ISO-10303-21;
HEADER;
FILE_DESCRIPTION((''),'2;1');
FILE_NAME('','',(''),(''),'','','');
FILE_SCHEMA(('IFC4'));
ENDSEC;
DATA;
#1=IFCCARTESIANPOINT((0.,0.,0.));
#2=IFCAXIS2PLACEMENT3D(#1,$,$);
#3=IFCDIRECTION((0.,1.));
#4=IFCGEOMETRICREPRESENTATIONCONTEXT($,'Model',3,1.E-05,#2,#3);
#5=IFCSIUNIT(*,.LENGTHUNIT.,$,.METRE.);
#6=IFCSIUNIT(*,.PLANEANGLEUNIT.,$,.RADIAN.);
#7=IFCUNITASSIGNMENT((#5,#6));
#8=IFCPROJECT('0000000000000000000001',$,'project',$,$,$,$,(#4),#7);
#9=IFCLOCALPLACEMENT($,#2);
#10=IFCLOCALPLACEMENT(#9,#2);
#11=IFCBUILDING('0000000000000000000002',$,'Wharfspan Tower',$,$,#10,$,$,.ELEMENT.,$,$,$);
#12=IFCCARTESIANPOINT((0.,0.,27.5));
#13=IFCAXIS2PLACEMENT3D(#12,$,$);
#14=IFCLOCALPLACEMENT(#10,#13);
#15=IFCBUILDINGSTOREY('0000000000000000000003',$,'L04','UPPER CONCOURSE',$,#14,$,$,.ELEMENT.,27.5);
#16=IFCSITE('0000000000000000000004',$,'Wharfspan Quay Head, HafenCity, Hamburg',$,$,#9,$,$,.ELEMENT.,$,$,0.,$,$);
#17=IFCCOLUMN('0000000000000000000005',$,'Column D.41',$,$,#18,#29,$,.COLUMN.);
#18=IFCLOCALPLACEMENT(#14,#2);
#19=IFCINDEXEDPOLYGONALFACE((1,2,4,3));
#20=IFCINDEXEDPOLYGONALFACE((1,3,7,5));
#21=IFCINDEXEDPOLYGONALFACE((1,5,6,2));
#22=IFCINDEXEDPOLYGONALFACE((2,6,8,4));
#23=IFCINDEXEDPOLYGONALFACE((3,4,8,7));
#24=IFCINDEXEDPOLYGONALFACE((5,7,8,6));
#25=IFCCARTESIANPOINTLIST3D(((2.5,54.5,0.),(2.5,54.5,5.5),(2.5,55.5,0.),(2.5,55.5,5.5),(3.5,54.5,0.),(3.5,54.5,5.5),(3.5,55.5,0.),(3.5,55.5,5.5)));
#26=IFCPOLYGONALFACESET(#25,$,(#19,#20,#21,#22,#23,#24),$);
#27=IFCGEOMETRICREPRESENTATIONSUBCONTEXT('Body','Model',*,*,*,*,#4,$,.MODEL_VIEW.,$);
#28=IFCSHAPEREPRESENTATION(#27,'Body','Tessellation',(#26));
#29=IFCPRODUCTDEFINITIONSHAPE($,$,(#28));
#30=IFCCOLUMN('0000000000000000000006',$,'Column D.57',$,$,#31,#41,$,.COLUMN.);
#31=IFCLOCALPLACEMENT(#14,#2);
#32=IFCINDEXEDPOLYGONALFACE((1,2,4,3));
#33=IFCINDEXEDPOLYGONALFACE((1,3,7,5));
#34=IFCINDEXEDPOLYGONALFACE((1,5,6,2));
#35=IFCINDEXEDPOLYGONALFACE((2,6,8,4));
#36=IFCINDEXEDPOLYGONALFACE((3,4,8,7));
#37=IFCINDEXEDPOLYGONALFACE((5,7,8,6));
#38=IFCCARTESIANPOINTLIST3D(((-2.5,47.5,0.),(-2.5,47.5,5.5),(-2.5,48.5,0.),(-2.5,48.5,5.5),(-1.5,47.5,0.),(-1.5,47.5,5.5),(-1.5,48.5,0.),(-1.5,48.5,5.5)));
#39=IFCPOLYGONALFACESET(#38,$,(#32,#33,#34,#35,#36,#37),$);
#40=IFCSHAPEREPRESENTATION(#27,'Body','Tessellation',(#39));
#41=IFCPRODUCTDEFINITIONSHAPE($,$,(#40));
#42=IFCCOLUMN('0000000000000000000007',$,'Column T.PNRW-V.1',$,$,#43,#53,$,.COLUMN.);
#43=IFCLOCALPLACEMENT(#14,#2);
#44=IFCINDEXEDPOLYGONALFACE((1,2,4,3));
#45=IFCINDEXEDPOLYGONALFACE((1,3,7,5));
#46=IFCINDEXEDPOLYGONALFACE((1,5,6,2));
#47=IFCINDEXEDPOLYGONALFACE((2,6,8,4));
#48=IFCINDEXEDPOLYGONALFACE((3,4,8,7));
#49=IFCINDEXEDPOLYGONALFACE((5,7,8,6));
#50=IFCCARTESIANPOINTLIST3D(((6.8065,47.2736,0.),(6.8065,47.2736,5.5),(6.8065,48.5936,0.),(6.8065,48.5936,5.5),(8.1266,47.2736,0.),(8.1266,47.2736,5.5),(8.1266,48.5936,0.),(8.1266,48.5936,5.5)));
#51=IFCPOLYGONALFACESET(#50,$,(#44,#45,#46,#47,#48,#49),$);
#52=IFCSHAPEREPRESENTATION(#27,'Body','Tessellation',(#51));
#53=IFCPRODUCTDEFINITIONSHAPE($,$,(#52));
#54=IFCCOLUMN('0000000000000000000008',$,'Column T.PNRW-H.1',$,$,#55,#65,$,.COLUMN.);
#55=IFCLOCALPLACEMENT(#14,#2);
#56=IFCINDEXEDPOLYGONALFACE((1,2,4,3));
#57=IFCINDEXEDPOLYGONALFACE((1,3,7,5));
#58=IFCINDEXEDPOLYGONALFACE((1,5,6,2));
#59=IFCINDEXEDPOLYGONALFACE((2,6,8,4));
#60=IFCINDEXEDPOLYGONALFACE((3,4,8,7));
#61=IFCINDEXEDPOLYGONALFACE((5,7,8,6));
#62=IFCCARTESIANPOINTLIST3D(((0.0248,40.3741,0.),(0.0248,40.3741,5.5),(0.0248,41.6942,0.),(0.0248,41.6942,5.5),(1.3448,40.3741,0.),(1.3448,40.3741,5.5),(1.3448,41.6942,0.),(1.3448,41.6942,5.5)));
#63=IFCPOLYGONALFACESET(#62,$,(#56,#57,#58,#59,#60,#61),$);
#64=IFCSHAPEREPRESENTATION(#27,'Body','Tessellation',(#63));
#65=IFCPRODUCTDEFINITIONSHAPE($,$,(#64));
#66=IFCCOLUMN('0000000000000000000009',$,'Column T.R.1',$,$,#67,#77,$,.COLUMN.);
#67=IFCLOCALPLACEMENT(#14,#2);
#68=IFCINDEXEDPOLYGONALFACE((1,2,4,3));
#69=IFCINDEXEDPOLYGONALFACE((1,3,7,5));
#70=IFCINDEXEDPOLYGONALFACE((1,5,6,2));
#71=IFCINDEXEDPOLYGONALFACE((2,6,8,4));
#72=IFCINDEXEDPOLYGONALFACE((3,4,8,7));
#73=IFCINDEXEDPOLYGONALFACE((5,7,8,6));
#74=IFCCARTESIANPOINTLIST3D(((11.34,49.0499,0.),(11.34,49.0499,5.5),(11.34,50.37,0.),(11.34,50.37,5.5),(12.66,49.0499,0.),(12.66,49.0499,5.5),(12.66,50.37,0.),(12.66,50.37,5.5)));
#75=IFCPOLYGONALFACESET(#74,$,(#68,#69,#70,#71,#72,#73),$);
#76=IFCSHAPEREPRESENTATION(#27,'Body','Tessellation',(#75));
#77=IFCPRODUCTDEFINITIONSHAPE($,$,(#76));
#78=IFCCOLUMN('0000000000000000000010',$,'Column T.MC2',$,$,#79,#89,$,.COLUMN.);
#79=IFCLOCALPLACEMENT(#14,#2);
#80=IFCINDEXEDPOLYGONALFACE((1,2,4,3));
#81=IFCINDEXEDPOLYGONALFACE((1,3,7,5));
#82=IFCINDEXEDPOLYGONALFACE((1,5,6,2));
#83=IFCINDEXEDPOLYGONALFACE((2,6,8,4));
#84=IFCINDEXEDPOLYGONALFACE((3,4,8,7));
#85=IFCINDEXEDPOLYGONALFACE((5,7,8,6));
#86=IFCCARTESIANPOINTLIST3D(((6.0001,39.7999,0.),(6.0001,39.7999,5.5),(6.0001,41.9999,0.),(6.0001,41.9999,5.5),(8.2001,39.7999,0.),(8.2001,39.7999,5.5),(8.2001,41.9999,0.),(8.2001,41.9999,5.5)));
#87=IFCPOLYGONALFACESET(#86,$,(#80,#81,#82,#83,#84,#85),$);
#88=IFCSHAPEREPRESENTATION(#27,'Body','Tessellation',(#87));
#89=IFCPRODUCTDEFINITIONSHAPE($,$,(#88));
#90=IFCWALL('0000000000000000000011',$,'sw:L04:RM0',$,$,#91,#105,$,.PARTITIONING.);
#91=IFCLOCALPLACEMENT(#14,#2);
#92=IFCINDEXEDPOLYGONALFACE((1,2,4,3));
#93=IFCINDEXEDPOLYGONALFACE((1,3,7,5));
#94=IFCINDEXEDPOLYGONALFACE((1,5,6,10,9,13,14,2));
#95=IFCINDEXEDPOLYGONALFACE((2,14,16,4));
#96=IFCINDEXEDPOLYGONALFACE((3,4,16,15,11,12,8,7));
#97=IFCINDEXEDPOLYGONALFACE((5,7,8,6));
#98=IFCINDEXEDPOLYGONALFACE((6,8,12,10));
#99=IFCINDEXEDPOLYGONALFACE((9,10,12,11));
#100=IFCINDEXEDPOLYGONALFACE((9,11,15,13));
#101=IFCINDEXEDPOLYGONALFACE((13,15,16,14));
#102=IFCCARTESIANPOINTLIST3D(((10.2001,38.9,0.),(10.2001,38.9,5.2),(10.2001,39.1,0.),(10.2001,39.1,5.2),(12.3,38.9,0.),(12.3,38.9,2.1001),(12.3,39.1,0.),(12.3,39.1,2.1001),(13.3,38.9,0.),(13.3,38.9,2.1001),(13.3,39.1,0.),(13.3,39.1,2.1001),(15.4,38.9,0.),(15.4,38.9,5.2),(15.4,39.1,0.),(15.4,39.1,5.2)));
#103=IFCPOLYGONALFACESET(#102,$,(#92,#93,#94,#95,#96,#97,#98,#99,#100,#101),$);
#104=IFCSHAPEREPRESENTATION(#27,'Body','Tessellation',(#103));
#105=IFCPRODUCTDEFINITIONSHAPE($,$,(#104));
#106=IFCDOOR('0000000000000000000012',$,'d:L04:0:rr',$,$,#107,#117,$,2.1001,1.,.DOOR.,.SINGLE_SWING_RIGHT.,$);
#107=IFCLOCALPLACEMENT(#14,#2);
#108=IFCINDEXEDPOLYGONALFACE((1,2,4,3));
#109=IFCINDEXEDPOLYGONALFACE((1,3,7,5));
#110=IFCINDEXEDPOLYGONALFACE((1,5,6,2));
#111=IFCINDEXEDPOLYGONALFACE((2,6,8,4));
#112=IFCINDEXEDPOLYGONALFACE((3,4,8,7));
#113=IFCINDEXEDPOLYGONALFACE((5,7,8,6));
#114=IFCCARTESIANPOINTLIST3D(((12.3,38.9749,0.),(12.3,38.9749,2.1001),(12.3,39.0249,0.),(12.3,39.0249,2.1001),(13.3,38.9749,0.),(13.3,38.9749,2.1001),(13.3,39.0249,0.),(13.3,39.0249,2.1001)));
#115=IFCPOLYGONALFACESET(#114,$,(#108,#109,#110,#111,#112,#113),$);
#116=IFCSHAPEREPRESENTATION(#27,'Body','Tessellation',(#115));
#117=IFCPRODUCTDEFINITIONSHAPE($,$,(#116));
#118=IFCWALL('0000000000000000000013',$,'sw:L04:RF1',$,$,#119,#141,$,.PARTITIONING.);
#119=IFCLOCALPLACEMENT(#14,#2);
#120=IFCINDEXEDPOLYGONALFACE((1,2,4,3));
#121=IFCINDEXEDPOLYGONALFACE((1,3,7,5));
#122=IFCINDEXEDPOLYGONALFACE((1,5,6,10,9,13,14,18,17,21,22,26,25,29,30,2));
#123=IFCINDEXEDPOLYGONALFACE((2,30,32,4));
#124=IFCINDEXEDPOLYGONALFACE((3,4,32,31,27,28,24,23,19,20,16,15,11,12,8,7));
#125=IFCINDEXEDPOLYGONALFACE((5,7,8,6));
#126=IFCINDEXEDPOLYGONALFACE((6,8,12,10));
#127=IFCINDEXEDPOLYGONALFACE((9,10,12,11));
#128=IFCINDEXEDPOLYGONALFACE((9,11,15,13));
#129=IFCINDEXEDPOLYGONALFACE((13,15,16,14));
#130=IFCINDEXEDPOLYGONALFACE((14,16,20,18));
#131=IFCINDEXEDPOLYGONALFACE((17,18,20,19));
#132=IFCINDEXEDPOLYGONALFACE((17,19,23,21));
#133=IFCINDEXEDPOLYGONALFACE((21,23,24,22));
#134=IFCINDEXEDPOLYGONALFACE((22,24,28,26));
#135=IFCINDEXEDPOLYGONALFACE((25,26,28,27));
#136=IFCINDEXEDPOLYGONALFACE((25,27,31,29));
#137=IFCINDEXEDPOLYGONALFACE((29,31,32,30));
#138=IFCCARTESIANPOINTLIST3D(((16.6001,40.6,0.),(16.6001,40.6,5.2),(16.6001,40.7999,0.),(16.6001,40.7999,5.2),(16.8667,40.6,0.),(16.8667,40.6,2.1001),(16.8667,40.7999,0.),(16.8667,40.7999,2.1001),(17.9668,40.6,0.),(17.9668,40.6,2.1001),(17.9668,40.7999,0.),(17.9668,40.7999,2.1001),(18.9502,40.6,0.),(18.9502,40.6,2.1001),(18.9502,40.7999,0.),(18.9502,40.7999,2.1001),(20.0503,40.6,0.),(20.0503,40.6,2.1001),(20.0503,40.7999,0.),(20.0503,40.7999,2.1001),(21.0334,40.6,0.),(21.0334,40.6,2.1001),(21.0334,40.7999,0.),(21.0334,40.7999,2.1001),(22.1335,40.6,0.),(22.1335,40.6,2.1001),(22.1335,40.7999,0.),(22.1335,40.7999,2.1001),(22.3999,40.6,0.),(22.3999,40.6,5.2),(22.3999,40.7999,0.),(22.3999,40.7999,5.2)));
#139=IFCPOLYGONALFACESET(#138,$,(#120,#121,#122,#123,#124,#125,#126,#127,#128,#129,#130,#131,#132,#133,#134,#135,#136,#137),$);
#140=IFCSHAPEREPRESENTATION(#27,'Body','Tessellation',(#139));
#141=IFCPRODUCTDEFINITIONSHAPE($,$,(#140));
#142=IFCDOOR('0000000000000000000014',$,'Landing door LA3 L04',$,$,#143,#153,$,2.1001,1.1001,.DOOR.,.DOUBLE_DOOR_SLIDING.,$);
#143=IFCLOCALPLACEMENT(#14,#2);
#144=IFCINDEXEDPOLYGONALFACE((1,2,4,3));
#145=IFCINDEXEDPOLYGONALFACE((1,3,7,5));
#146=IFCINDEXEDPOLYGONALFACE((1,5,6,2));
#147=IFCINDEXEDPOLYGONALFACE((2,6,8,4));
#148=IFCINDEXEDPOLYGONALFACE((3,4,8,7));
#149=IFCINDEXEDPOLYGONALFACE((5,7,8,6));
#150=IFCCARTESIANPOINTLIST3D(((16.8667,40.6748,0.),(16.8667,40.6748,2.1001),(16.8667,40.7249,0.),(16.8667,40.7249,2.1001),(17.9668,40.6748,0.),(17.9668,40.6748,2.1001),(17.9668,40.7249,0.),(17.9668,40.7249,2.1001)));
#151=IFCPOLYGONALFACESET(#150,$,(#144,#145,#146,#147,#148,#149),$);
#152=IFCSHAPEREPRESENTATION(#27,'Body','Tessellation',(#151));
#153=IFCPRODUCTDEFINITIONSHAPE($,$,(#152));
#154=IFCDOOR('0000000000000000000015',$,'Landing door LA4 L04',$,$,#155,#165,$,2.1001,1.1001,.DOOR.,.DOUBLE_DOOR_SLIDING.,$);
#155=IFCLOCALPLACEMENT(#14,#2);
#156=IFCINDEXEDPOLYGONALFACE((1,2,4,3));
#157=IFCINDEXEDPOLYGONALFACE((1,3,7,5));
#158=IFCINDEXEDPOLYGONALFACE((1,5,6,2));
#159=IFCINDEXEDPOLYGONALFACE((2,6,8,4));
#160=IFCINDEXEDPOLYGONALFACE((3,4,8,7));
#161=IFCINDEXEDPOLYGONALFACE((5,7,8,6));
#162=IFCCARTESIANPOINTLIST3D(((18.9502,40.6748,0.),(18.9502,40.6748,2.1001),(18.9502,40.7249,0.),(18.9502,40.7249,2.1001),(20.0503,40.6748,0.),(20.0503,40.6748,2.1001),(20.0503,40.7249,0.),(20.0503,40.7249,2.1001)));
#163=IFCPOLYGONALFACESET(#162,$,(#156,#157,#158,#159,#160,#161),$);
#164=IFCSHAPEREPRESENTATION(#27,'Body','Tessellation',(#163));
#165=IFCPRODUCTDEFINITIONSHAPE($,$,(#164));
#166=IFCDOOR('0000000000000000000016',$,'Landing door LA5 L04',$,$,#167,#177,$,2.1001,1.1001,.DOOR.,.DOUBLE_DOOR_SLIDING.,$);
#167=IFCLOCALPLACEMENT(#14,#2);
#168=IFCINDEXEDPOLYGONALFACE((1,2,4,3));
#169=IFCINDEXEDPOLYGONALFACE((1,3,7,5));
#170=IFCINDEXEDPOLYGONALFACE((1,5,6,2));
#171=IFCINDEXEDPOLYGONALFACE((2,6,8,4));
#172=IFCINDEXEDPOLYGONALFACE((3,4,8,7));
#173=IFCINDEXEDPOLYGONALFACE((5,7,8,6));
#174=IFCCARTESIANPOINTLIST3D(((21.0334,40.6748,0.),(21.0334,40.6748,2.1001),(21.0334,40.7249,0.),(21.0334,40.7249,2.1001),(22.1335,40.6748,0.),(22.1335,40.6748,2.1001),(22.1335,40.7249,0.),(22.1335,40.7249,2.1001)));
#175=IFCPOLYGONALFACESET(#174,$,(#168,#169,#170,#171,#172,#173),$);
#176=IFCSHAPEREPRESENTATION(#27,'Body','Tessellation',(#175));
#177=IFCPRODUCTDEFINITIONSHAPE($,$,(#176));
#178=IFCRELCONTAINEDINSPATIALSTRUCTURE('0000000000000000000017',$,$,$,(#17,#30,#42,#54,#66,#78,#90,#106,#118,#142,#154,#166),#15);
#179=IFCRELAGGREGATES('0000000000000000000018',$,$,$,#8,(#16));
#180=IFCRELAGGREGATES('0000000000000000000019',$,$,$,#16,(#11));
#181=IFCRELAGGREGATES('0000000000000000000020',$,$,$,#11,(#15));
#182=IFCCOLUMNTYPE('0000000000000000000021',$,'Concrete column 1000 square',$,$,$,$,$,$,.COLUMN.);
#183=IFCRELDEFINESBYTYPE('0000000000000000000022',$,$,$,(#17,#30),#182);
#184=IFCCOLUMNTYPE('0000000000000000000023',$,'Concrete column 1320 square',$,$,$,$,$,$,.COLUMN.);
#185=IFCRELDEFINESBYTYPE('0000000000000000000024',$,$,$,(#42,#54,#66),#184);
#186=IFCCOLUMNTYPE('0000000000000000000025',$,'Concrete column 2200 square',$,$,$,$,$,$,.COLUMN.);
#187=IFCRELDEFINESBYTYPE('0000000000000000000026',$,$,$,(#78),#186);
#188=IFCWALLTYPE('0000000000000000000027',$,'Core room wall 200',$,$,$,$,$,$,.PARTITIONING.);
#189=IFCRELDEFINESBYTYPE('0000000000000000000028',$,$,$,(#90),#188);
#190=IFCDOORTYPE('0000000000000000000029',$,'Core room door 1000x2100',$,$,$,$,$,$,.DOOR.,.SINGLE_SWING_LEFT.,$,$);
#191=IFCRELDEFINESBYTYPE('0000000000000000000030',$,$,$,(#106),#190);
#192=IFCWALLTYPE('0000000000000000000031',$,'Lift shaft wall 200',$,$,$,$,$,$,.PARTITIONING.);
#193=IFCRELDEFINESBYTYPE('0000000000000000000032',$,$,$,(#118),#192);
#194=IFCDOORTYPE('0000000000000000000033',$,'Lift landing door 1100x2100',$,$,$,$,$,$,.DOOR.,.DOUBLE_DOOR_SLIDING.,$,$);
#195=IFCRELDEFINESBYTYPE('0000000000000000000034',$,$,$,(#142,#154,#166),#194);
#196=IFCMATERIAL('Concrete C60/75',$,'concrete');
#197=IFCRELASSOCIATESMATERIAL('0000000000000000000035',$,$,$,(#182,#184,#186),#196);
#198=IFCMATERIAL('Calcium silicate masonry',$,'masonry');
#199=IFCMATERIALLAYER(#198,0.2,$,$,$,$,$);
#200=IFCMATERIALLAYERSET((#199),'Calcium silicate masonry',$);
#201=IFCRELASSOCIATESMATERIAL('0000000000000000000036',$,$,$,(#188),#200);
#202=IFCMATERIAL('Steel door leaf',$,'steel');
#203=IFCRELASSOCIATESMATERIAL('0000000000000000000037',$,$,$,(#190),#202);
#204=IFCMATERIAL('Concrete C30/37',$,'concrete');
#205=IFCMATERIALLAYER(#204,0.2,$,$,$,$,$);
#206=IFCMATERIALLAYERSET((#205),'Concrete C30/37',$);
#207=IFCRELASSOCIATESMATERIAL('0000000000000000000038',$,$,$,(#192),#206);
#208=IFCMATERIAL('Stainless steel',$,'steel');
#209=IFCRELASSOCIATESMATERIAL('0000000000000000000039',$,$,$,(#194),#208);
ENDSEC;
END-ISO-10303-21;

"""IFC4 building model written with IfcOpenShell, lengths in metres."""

from ifc_helpers import new_model, si_unit, direction, frame, frame_2d, origin, origin_2d, place, context, subcontext, project, spatial, rectangle, extrude, material, layer, layer_set, material_profile, profile_set, type_object, element, fill, save


model = new_model("IFC4")

# Units and contexts
model_context = context("Model", 3, precision=1e-05, world=origin(), true_north=direction((0.0, 1.0)))
body_context = subcontext(model_context, "Body", "Model", "MODEL_VIEW")
ifc_project = project(units=[si_unit("LENGTHUNIT", "METRE"), si_unit("PLANEANGLEUNIT", "RADIAN")], contexts=[model_context])

# Site, building, storey
site_placement = place(None, origin())
site = spatial("IfcSite", under=ifc_project, at=site_placement, Name="Wharfspan Quay Head, HafenCity, Hamburg", CompositionType="ELEMENT", RefElevation=0.0)
building_placement = place(site_placement, origin())
building = spatial("IfcBuilding", under=site, at=building_placement, Name="Wharfspan Tower", CompositionType="ELEMENT")
storey_placement = place(building_placement, frame((0.0, 0.0, 27.5)))
storey = spatial("IfcBuildingStorey", under=building, at=storey_placement, Name="L04", Description="UPPER CONCOURSE", CompositionType="ELEMENT", Elevation=27.5)

# Columns
ifc_material_1 = material(Name="Concrete C60/75", Category="concrete")
ifc_material_profile_1 = material_profile(ifc_material_1, rectangle(XDim=1.0, YDim=1.0, at=origin_2d()))
ifc_profile_set_1 = profile_set([ifc_material_profile_1], Name="Concrete C60/75")
column_type_1 = type_object("IfcColumnType", Name="Concrete column 1000 square", PredefinedType="COLUMN", material=ifc_profile_set_1)
for number, where, z_axis, x_axis, name in (
    (1, (3.0, 55.0, 0.0), (0.0, 0.0, 1.0), (1.0, 0.0, 0.0), "Column D.41"),
    (2, (-2.0, 48.0, 0.0), (0.0, 0.0, 1.0), (1.0, 0.0, 0.0), "Column D.57"),
):
    element("IfcColumn", number, at=place(storey_placement, frame(where, z_axis=z_axis, x_axis=x_axis)), inside=storey, type_object=column_type_1, Name=name, PredefinedType="COLUMN", context=body_context, shape_type="SweptSolid", body=[
        extrude(rectangle(XDim=1.0, YDim=1.0, at=origin_2d()), origin(), (0.0, 0.0, 1.0), 5.5),
    ])
ifc_material_profile_2 = material_profile(ifc_material_1, rectangle(XDim=1.3201, YDim=1.3201, at=origin_2d()))
ifc_profile_set_2 = profile_set([ifc_material_profile_2], Name="Concrete C60/75")
column_type_2 = type_object("IfcColumnType", Name="Concrete column 1320 square", PredefinedType="COLUMN", material=ifc_profile_set_2)
for number, where, z_axis, x_axis, name in (
    (3, (7.4666, 47.9336, 0.0), (0.0, 0.0, 1.0), (1.0, 0.0, 0.0), "Column T.PNRW-V.1"),
    (4, (0.6848, 41.0342, 0.0), (0.0, 0.0, 1.0), (1.0, 0.0, 0.0), "Column T.PNRW-H.1"),
    (5, (12.0, 49.71, 0.0), (0.0, 0.0, 1.0), (1.0, 0.0, 0.0), "Column T.R.1"),
):
    element("IfcColumn", number, at=place(storey_placement, frame(where, z_axis=z_axis, x_axis=x_axis)), inside=storey, type_object=column_type_2, Name=name, PredefinedType="COLUMN", context=body_context, shape_type="SweptSolid", body=[
        extrude(rectangle(XDim=1.3201, YDim=1.3201, at=origin_2d()), origin(), (0.0, 0.0, 1.0), 5.5),
    ])
ifc_material_profile_3 = material_profile(ifc_material_1, rectangle(XDim=2.2, YDim=2.2, at=origin_2d()))
ifc_profile_set_3 = profile_set([ifc_material_profile_3], Name="Concrete C60/75")
column_type_3 = type_object("IfcColumnType", Name="Concrete column 2200 square", PredefinedType="COLUMN", material=ifc_profile_set_3)
column_placement = place(storey_placement, frame((7.1001, 40.8999, 0.0), z_axis=(0.0, 0.0, 1.0), x_axis=(1.0, 0.0, 0.0)))
element("IfcColumn", 6, at=column_placement, inside=storey, type_object=column_type_3, Name="Column T.MC2", PredefinedType="COLUMN", context=body_context, shape_type="SweptSolid", body=[
    extrude(rectangle(XDim=2.2, YDim=2.2, at=origin_2d()), origin(), (0.0, 0.0, 1.0), 5.5),
])

# Wall, opening, door
ifc_material_2 = material(Name="Calcium silicate masonry", Category="masonry")
ifc_layer_1 = layer(ifc_material_2, 0.2)
ifc_layer_set_1 = layer_set([ifc_layer_1], Name="Calcium silicate masonry")
wall_type_1 = type_object("IfcWallType", Name="Core room wall 200", PredefinedType="PARTITIONING", material=ifc_layer_set_1)
wall_1_placement = place(storey_placement, frame((10.2, 39.0, 0.0), z_axis=(0.0, 0.0, 1.0), x_axis=(1.0, 0.0, 0.0)))
wall_1 = element("IfcWall", 7, at=wall_1_placement, inside=storey, type_object=wall_type_1, Name="sw:L04:RM0", PredefinedType="PARTITIONING", context=body_context, shape_type="SweptSolid", body=[
    extrude(rectangle(XDim=5.2, YDim=0.2, at=frame_2d((2.6001, 0.0))), origin(), (0.0, 0.0, 1.0), 5.2),
])
opening_1_placement = place(wall_1_placement, frame((2.1001, 0.0, 0.0)))
opening_1 = element("IfcOpeningElement", 8, at=opening_1_placement, cuts=wall_1, PredefinedType="OPENING", context=body_context, shape_type="SweptSolid", body=[
    extrude(rectangle(XDim=1.0, YDim=2.1001, at=frame_2d((0.5, 1.05))), frame((0.0, 0.1099, 0.0), z_axis=(0.0, -1.0, 0.0), x_axis=(1.0, 0.0, 0.0)), (0.0, 0.0, 1.0), 0.22),
])
ifc_material_3 = material(Name="Steel door leaf", Category="steel")
door_type_1 = type_object("IfcDoorType", Name="Core room door 1000x2100", OperationType="SINGLE_SWING_LEFT", PredefinedType="DOOR", material=ifc_material_3)
door_1_placement = place(opening_1_placement, origin())
door_1 = element("IfcDoor", 9, at=door_1_placement, inside=storey, type_object=door_type_1, Name="d:L04:0:rr", OperationType="SINGLE_SWING_RIGHT", OverallHeight=2.1001, OverallWidth=1.0, PredefinedType="DOOR", context=body_context, shape_type="SweptSolid", body=[
    extrude(rectangle(XDim=1.0, YDim=2.1001, at=frame_2d((0.5, 1.05))), frame((0.0, 0.0249, 0.0), z_axis=(0.0, -1.0, 0.0), x_axis=(1.0, 0.0, 0.0)), (0.0, 0.0, 1.0), 0.05),
])
fill(opening_1, door_1)

# Wall, openings, doors
ifc_material_4 = material(Name="Concrete C30/37", Category="concrete")
ifc_layer_2 = layer(ifc_material_4, 0.2)
ifc_layer_set_2 = layer_set([ifc_layer_2], Name="Concrete C30/37")
wall_type_2 = type_object("IfcWallType", Name="Lift shaft wall 200", PredefinedType="PARTITIONING", material=ifc_layer_set_2)
wall_2_placement = place(storey_placement, frame((16.6001, 40.7, 0.0), z_axis=(0.0, 0.0, 1.0), x_axis=(1.0, 0.0, 0.0)))
wall_2 = element("IfcWall", 10, at=wall_2_placement, inside=storey, type_object=wall_type_2, Name="sw:L04:RF1", PredefinedType="PARTITIONING", context=body_context, shape_type="SweptSolid", body=[
    extrude(rectangle(XDim=5.7998, YDim=0.2, at=frame_2d((2.8999, 0.0))), origin(), (0.0, 0.0, 1.0), 5.2),
])
opening_2_placement = place(wall_2_placement, frame((0.2666, 0.0, 0.0)))
opening_2 = element("IfcOpeningElement", 11, at=opening_2_placement, cuts=wall_2, PredefinedType="OPENING", context=body_context, shape_type="SweptSolid", body=[
    extrude(rectangle(XDim=1.1001, YDim=2.1001, at=frame_2d((0.55, 1.05))), frame((0.0, 0.1099, 0.0), z_axis=(0.0, -1.0, 0.0), x_axis=(1.0, 0.0, 0.0)), (0.0, 0.0, 1.0), 0.22),
])
opening_3_placement = place(wall_2_placement, frame((2.3501, 0.0, 0.0)))
opening_3 = element("IfcOpeningElement", 12, at=opening_3_placement, cuts=wall_2, PredefinedType="OPENING", context=body_context, shape_type="SweptSolid", body=[
    extrude(rectangle(XDim=1.1001, YDim=2.1001, at=frame_2d((0.55, 1.05))), frame((0.0, 0.1099, 0.0), z_axis=(0.0, -1.0, 0.0), x_axis=(1.0, 0.0, 0.0)), (0.0, 0.0, 1.0), 0.22),
])
opening_4_placement = place(wall_2_placement, frame((4.4333, 0.0, 0.0)))
opening_4 = element("IfcOpeningElement", 13, at=opening_4_placement, cuts=wall_2, PredefinedType="OPENING", context=body_context, shape_type="SweptSolid", body=[
    extrude(rectangle(XDim=1.1001, YDim=2.1001, at=frame_2d((0.55, 1.05))), frame((0.0, 0.1099, 0.0), z_axis=(0.0, -1.0, 0.0), x_axis=(1.0, 0.0, 0.0)), (0.0, 0.0, 1.0), 0.22),
])
ifc_material_5 = material(Name="Stainless steel", Category="steel")
door_type_2 = type_object("IfcDoorType", Name="Lift landing door 1100x2100", OperationType="DOUBLE_DOOR_SLIDING", PredefinedType="DOOR", material=ifc_material_5)
door_2_placement = place(opening_2_placement, origin())
door_2 = element("IfcDoor", 14, at=door_2_placement, inside=storey, type_object=door_type_2, Name="Landing door LA3 L04", OperationType="DOUBLE_DOOR_SLIDING", OverallHeight=2.1001, OverallWidth=1.1001, PredefinedType="DOOR", context=body_context, shape_type="SweptSolid", body=[
    extrude(rectangle(XDim=1.1001, YDim=2.1001, at=frame_2d((0.55, 1.05))), frame((0.0, 0.0249, 0.0), z_axis=(0.0, -1.0, 0.0), x_axis=(1.0, 0.0, 0.0)), (0.0, 0.0, 1.0), 0.05),
])
fill(opening_2, door_2)
door_3_placement = place(opening_3_placement, origin())
door_3 = element("IfcDoor", 15, at=door_3_placement, inside=storey, type_object=door_type_2, Name="Landing door LA4 L04", OperationType="DOUBLE_DOOR_SLIDING", OverallHeight=2.1001, OverallWidth=1.1001, PredefinedType="DOOR", context=body_context, shape_type="SweptSolid", body=[
    extrude(rectangle(XDim=1.1001, YDim=2.1001, at=frame_2d((0.55, 1.05))), frame((0.0, 0.0249, 0.0), z_axis=(0.0, -1.0, 0.0), x_axis=(1.0, 0.0, 0.0)), (0.0, 0.0, 1.0), 0.05),
])
fill(opening_3, door_3)
door_4_placement = place(opening_4_placement, origin())
door_4 = element("IfcDoor", 16, at=door_4_placement, inside=storey, type_object=door_type_2, Name="Landing door LA5 L04", OperationType="DOUBLE_DOOR_SLIDING", OverallHeight=2.1001, OverallWidth=1.1001, PredefinedType="DOOR", context=body_context, shape_type="SweptSolid", body=[
    extrude(rectangle(XDim=1.1001, YDim=2.1001, at=frame_2d((0.55, 1.05))), frame((0.0, 0.0249, 0.0), z_axis=(0.0, -1.0, 0.0), x_axis=(1.0, 0.0, 0.0)), (0.0, 0.0, 1.0), 0.05),
])
fill(opening_4, door_4)

save(model, "model.ifc")
